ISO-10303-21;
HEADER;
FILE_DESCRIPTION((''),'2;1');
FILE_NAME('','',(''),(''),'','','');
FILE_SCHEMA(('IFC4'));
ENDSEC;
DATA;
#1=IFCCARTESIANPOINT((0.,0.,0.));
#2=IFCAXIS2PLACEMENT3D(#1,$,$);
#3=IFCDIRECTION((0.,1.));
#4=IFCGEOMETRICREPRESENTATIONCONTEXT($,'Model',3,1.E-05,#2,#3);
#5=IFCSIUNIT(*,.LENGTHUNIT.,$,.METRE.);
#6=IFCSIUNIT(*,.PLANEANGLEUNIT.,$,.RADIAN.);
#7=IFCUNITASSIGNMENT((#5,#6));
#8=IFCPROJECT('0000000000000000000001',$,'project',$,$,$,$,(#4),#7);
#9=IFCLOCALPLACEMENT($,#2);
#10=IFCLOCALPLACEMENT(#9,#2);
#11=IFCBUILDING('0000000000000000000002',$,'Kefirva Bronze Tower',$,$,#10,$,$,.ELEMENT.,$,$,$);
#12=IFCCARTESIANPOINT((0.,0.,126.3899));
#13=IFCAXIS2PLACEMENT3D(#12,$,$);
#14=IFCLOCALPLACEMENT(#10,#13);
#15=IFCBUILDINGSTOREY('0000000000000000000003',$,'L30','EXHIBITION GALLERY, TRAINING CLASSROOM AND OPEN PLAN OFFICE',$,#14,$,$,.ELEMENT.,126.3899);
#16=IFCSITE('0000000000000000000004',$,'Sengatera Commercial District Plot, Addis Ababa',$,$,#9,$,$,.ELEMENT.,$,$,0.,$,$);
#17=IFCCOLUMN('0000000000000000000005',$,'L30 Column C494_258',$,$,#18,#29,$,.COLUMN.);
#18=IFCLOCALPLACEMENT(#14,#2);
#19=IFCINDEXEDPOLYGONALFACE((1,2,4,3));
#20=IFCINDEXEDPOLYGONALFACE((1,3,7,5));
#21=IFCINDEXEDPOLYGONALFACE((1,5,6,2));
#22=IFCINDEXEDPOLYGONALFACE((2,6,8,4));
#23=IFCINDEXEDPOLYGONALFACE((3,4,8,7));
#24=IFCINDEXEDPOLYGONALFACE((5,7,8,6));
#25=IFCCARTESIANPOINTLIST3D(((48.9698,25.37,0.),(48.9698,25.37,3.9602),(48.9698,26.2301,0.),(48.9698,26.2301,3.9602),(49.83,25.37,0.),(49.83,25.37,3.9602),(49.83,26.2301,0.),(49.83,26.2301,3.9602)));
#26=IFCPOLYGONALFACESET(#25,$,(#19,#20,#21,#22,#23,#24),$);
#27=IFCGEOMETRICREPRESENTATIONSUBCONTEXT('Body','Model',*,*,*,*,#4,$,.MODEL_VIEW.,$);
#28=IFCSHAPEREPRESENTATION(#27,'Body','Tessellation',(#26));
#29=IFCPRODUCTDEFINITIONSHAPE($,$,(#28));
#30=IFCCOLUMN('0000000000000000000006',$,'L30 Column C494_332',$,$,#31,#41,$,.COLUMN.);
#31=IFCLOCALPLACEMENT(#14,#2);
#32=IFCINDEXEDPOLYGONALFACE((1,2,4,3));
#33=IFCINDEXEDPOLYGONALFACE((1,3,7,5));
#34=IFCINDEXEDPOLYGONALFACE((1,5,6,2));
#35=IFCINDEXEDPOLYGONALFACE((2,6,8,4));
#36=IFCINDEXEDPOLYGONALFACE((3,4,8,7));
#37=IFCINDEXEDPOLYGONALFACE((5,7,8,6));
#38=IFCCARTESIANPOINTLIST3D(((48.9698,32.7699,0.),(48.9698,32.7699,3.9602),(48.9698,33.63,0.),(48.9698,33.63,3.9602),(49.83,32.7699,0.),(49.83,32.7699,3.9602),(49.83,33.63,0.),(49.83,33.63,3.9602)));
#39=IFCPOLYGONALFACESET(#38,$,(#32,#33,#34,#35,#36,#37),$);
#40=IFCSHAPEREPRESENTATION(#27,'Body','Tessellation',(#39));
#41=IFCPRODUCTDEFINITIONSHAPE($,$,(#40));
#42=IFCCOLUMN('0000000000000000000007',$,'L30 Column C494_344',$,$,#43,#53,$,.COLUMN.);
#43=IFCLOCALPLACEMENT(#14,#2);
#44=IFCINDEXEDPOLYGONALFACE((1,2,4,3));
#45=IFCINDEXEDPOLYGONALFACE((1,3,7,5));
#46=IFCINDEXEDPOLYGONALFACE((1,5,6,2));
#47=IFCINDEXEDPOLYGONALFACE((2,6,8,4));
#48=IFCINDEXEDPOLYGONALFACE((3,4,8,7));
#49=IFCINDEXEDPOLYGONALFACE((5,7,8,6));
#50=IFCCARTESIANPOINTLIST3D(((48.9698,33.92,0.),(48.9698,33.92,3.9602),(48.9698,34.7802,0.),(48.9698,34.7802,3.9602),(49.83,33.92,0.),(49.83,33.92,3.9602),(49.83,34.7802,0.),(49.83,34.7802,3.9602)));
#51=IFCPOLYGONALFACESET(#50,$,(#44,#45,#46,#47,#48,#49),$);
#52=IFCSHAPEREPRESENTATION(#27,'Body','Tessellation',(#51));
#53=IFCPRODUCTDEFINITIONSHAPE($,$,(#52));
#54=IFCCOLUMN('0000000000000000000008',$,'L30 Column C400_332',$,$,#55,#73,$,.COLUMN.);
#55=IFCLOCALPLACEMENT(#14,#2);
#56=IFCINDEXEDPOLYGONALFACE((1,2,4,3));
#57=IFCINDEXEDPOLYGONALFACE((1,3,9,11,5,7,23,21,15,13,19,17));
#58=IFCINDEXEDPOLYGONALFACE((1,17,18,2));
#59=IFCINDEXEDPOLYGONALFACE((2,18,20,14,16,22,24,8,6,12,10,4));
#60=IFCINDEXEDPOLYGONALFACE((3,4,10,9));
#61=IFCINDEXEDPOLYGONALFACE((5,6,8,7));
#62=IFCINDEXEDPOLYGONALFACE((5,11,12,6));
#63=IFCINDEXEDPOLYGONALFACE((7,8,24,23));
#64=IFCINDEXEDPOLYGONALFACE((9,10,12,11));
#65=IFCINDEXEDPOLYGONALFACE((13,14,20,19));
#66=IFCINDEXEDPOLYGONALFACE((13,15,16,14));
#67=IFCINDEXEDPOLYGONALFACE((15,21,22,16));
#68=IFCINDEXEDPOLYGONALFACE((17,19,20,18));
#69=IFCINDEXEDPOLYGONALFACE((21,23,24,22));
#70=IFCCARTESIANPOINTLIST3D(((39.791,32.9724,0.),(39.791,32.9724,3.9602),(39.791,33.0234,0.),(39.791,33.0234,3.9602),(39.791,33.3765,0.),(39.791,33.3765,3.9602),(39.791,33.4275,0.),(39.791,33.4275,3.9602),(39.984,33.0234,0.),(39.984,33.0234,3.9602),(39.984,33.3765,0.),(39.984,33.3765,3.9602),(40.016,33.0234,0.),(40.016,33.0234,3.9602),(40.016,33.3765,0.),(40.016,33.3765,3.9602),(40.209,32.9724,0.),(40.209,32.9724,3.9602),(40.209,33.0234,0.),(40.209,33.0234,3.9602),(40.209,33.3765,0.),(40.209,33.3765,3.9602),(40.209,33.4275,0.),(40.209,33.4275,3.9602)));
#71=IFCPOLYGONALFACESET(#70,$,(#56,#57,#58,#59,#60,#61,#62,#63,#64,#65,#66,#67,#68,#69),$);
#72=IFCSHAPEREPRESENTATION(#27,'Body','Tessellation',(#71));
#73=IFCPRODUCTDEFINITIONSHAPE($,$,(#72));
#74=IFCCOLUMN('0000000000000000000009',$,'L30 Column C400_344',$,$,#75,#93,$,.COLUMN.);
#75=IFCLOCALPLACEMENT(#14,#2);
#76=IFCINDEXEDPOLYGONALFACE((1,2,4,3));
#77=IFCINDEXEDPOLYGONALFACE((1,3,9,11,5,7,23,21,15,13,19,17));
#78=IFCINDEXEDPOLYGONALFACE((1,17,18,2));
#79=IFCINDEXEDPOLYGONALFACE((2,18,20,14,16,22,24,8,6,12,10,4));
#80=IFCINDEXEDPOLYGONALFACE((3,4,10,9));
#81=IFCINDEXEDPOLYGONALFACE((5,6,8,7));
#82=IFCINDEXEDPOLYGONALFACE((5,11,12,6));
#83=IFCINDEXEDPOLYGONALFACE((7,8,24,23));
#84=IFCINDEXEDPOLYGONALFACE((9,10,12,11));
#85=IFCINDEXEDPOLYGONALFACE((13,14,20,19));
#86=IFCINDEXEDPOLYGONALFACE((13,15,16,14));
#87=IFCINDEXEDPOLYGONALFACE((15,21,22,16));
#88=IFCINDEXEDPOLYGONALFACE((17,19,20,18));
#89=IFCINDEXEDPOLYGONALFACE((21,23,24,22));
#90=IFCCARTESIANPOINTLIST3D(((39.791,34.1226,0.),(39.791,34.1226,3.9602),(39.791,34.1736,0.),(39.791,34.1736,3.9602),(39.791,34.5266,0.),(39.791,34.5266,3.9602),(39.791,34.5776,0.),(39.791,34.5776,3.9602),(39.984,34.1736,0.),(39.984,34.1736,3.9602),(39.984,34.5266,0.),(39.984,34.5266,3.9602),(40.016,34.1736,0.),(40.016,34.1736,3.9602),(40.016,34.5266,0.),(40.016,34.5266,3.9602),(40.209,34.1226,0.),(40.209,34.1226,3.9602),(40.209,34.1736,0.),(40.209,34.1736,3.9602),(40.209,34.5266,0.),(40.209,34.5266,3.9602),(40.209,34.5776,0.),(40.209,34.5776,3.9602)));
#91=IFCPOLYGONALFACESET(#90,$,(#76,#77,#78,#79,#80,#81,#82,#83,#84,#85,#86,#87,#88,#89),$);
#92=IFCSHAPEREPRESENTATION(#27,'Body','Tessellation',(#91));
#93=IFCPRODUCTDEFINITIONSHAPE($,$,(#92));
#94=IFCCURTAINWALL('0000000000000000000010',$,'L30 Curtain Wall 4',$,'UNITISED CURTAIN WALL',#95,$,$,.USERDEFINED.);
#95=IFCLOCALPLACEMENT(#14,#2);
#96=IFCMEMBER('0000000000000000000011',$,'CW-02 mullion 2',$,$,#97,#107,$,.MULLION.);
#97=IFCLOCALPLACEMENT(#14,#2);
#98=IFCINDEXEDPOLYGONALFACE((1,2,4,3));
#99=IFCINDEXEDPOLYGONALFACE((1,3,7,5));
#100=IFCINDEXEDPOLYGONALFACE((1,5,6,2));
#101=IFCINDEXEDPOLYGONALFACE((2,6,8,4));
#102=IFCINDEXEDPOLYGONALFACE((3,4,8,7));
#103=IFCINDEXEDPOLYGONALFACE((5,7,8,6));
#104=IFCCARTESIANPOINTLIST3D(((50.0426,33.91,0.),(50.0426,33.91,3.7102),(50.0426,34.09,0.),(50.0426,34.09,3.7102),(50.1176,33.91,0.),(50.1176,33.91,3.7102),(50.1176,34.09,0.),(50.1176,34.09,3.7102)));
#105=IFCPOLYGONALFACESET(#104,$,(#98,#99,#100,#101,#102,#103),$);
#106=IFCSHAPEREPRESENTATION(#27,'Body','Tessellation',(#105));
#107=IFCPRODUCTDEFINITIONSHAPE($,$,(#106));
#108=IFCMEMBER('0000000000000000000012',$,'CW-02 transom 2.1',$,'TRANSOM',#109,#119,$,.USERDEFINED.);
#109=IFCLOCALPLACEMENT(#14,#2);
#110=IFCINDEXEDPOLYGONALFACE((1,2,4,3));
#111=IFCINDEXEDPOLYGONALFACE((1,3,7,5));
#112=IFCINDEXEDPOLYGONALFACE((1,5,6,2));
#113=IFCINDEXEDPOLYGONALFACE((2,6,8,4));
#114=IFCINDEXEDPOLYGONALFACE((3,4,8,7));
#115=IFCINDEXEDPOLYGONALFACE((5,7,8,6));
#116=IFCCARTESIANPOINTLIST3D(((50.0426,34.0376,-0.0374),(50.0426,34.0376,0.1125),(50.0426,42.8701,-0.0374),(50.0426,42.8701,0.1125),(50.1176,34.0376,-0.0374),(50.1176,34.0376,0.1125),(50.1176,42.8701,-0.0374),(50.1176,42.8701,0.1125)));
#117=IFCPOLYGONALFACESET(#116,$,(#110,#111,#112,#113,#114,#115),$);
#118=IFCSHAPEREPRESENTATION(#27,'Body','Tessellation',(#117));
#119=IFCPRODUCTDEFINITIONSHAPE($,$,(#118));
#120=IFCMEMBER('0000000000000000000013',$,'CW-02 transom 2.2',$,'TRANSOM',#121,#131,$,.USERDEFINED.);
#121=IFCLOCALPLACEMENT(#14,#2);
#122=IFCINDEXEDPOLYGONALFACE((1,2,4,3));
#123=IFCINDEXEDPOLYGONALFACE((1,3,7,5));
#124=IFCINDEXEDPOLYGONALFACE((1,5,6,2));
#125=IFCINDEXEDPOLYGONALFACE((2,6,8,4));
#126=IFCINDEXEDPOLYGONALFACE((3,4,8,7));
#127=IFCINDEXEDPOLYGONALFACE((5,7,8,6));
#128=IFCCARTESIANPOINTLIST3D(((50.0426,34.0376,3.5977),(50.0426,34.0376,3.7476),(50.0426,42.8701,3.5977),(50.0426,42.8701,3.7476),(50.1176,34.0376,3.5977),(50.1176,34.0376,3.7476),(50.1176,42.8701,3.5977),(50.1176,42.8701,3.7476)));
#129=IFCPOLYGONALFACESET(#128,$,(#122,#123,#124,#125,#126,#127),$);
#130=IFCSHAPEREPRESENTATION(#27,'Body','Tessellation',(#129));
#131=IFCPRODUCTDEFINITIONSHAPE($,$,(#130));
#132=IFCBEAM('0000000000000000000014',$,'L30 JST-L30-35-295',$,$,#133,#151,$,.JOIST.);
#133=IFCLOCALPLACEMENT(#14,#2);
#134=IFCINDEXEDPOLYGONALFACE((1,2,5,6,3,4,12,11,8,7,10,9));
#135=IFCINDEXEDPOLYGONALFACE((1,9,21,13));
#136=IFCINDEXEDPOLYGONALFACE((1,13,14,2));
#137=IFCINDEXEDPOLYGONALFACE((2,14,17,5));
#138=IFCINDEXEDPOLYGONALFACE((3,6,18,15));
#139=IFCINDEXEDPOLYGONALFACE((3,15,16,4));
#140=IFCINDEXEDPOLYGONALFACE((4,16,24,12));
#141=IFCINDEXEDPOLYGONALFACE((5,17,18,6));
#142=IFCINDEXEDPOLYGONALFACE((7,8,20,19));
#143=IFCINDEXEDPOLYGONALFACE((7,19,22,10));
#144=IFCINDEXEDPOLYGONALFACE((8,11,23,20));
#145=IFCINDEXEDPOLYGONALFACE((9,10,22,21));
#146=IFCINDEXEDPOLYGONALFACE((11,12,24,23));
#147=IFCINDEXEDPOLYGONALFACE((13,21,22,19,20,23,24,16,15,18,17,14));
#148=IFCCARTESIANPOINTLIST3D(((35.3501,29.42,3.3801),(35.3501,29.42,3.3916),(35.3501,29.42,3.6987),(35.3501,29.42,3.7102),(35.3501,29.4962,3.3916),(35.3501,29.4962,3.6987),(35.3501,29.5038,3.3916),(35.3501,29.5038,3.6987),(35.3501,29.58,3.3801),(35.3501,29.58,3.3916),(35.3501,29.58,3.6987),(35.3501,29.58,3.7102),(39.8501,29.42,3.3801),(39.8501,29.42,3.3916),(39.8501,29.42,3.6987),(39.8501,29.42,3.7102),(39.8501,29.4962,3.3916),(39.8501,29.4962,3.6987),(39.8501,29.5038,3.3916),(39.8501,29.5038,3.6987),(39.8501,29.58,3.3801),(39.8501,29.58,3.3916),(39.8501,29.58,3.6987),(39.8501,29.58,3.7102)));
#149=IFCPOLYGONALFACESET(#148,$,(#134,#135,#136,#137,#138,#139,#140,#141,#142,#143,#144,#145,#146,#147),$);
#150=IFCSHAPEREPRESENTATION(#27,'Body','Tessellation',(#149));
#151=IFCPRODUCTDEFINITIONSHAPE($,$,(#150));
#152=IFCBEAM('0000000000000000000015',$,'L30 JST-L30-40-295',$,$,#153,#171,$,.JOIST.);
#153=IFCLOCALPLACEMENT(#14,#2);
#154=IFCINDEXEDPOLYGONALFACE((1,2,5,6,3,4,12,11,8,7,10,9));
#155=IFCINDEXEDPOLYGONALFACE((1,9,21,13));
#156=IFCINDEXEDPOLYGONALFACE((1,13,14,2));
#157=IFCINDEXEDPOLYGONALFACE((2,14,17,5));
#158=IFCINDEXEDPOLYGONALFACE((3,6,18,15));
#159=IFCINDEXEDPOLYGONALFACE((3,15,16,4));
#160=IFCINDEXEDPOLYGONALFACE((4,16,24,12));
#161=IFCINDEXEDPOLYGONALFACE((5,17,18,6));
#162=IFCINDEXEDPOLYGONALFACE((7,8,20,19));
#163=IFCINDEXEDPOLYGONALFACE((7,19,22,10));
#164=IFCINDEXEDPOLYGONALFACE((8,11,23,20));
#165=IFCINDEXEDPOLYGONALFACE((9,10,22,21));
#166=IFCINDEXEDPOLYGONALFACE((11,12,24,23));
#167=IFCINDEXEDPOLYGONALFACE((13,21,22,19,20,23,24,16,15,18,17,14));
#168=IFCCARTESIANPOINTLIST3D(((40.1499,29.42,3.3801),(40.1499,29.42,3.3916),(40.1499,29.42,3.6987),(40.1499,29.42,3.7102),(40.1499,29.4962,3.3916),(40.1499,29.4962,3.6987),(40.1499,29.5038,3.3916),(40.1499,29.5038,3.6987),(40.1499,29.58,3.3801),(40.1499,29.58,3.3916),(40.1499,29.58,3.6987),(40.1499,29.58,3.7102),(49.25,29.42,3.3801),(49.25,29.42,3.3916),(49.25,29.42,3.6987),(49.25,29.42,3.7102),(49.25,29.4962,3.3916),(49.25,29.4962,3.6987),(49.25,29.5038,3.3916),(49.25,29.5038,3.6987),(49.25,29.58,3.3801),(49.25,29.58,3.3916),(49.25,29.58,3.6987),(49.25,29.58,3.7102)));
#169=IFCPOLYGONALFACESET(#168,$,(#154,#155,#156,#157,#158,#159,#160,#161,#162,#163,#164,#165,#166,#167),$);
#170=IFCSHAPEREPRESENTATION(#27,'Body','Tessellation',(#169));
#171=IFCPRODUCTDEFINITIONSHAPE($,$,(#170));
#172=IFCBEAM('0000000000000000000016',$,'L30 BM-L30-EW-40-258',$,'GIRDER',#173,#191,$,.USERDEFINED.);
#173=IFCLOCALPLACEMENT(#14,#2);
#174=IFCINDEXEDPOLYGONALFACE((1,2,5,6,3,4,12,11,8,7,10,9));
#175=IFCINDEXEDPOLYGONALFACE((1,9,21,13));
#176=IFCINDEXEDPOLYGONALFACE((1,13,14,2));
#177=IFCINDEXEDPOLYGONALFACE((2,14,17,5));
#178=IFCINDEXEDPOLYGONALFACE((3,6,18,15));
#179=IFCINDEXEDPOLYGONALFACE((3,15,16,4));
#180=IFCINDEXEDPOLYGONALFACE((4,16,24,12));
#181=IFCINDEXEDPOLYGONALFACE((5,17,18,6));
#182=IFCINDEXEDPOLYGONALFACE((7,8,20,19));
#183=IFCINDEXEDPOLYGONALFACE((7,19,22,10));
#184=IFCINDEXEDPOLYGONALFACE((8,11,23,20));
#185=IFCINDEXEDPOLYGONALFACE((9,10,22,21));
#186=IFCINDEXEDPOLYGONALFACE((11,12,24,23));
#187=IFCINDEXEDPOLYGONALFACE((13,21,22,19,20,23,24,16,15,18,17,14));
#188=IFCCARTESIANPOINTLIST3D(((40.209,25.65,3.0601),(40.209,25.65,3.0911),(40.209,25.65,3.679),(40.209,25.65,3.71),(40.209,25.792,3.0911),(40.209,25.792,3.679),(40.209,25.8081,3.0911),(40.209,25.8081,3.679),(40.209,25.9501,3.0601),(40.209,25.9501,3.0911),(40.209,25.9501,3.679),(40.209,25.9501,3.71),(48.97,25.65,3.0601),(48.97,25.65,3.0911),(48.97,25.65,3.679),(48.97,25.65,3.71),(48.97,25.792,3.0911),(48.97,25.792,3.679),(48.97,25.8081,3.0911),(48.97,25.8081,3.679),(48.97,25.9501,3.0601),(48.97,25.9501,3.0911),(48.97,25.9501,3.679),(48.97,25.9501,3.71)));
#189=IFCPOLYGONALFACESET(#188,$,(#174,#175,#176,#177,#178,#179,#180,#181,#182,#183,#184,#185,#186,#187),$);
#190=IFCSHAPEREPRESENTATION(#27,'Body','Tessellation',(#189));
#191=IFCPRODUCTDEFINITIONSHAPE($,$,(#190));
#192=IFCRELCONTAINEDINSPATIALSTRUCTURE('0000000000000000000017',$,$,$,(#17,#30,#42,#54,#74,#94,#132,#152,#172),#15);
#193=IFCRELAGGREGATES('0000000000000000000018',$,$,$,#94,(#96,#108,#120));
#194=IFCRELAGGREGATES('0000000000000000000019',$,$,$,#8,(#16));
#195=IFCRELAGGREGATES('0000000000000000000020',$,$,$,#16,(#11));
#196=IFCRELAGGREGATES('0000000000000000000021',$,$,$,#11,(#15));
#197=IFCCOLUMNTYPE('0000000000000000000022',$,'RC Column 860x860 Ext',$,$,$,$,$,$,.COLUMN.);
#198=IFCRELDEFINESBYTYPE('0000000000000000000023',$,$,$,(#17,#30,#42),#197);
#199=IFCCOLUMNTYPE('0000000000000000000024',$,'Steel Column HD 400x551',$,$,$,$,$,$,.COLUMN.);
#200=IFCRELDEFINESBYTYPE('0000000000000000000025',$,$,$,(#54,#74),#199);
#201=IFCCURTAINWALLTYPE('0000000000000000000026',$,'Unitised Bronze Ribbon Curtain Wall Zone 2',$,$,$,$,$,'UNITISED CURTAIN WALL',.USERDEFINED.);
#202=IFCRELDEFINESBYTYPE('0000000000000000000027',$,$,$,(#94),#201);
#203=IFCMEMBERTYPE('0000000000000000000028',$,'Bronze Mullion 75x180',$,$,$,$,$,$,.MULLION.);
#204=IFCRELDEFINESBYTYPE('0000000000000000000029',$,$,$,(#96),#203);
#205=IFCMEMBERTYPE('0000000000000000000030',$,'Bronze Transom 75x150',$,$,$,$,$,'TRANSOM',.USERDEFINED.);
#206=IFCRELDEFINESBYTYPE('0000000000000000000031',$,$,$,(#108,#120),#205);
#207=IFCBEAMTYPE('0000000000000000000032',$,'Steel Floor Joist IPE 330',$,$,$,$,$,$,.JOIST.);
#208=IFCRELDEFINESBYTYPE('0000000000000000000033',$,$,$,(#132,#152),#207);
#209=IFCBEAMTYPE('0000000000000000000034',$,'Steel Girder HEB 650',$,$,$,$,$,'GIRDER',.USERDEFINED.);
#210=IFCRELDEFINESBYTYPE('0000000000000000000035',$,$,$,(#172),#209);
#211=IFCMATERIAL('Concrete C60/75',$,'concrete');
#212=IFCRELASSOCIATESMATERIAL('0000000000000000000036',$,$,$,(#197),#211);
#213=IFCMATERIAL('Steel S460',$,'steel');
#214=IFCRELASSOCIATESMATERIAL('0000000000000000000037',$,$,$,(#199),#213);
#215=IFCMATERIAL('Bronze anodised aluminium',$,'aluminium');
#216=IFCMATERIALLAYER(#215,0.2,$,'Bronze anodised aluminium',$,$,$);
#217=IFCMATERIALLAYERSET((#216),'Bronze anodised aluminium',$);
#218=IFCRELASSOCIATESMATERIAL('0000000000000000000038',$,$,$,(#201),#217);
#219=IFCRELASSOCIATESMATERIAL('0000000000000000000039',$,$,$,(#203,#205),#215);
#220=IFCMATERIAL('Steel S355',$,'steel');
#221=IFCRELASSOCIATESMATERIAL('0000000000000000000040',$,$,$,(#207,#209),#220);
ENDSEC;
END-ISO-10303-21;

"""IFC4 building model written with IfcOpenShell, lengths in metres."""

from ifc_helpers import new_model, si_unit, direction, frame, origin, origin_2d, place, context, subcontext, project, spatial, rectangle, i_section, extrude, material, layer, layer_set, material_profile, profile_set, type_object, element, aggregate, save


model = new_model("IFC4")

# Units and contexts
model_context = context("Model", 3, precision=1e-05, world=origin(), true_north=direction((0.0, 1.0)))
body_context = subcontext(model_context, "Body", "Model", "MODEL_VIEW")
ifc_project = project(units=[si_unit("LENGTHUNIT", "METRE"), si_unit("PLANEANGLEUNIT", "RADIAN")], contexts=[model_context])

# Site, building, storey
site_placement = place(None, origin())
site = spatial("IfcSite", under=ifc_project, at=site_placement, Name="Sengatera Commercial District Plot, Addis Ababa", CompositionType="ELEMENT", RefElevation=0.0)
building_placement = place(site_placement, origin())
building = spatial("IfcBuilding", under=site, at=building_placement, Name="Kefirva Bronze Tower", CompositionType="ELEMENT")
storey_placement = place(building_placement, frame((0.0, 0.0, 126.3899)))
storey = spatial("IfcBuildingStorey", under=building, at=storey_placement, Name="L30", Description="EXHIBITION GALLERY, TRAINING CLASSROOM AND OPEN PLAN OFFICE", CompositionType="ELEMENT", Elevation=126.3899)

# Columns
ifc_material_1 = material(Name="Concrete C60/75", Category="concrete")
ifc_material_profile_1 = material_profile(ifc_material_1, rectangle(XDim=0.8601, YDim=0.8601, at=origin_2d()), Name="RC 860x860")
ifc_profile_set_1 = profile_set([ifc_material_profile_1], Name="Concrete C60/75")
column_type_1 = type_object("IfcColumnType", Name="RC Column 860x860 Ext", PredefinedType="COLUMN", material=ifc_profile_set_1)
for number, where, z_axis, x_axis, name in (
    (1, (49.3999, 25.8, 0.0), (0.0, 0.0, 1.0), (1.0, 0.0, 0.0), "L30 Column C494_258"),
    (2, (49.3999, 33.2, 0.0), (0.0, 0.0, 1.0), (1.0, 0.0, 0.0), "L30 Column C494_332"),
    (3, (49.3999, 34.3501, 0.0), (0.0, 0.0, 1.0), (1.0, 0.0, 0.0), "L30 Column C494_344"),
):
    element("IfcColumn", number, at=place(storey_placement, frame(where, z_axis=z_axis, x_axis=x_axis)), inside=storey, type_object=column_type_1, Name=name, PredefinedType="COLUMN", context=body_context, shape_type="SweptSolid", body=[
        extrude(rectangle(XDim=0.8601, YDim=0.8601, at=origin_2d()), origin(), (0.0, 0.0, 1.0), 3.9602),
    ])
ifc_material_2 = material(Name="Steel S460", Category="steel")
ifc_material_profile_2 = material_profile(ifc_material_2, i_section(OverallWidth=0.418, OverallDepth=0.4551, WebThickness=0.032, FlangeThickness=0.051, at=origin_2d()), Name="HD 400x551")
ifc_profile_set_2 = profile_set([ifc_material_profile_2], Name="Steel S460")
column_type_2 = type_object("IfcColumnType", Name="Steel Column HD 400x551", PredefinedType="COLUMN", material=ifc_profile_set_2)
for number, where, z_axis, x_axis, name in (
    (4, (40.0, 33.2, 0.0), (0.0, 0.0, 1.0), (1.0, 0.0, 0.0), "L30 Column C400_332"),
    (5, (40.0, 34.3501, 0.0), (0.0, 0.0, 1.0), (1.0, 0.0, 0.0), "L30 Column C400_344"),
):
    element("IfcColumn", number, at=place(storey_placement, frame(where, z_axis=z_axis, x_axis=x_axis)), inside=storey, type_object=column_type_2, Name=name, PredefinedType="COLUMN", context=body_context, shape_type="SweptSolid", body=[
        extrude(i_section(OverallWidth=0.418, OverallDepth=0.4551, WebThickness=0.032, FlangeThickness=0.051, at=origin_2d()), origin(), (0.0, 0.0, 1.0), 3.9602),
    ])

# Curtain wall, members
ifc_material_3 = material(Name="Bronze anodised aluminium", Category="aluminium")
ifc_layer_1 = layer(ifc_material_3, 0.2, Name="Bronze anodised aluminium")
ifc_layer_set_1 = layer_set([ifc_layer_1], Name="Bronze anodised aluminium")
curtain_wall_type = type_object("IfcCurtainWallType", Name="Unitised Bronze Ribbon Curtain Wall Zone 2", ElementType="UNITISED CURTAIN WALL", PredefinedType="USERDEFINED", material=ifc_layer_set_1)
curtain_wall_placement = place(storey_placement, origin())
curtain_wall = element("IfcCurtainWall", 6, at=curtain_wall_placement, inside=storey, type_object=curtain_wall_type, Name="L30 Curtain Wall 4", ObjectType="UNITISED CURTAIN WALL", PredefinedType="USERDEFINED")
ifc_material_profile_3 = material_profile(ifc_material_3, rectangle(XDim=0.075, YDim=0.1799, at=origin_2d()), Name="ALU 75x180")
ifc_profile_set_3 = profile_set([ifc_material_profile_3], Name="Bronze anodised aluminium")
member_type_1 = type_object("IfcMemberType", Name="Bronze Mullion 75x180", PredefinedType="MULLION", material=ifc_profile_set_3)
member_1_placement = place(storey_placement, frame((50.0801, 34.0, 0.0), z_axis=(0.0, 0.0, 1.0), x_axis=(-1.0, 0.0, 0.0)))
member_1 = element("IfcMember", 7, at=member_1_placement, type_object=member_type_1, Name="CW-02 mullion 2", PredefinedType="MULLION", context=body_context, shape_type="SweptSolid", body=[
    extrude(rectangle(XDim=0.075, YDim=0.1799, at=origin_2d()), origin(), (0.0, 0.0, 1.0), 3.7102),
])
ifc_material_profile_4 = material_profile(ifc_material_3, rectangle(XDim=0.075, YDim=0.1499, at=origin_2d()), Name="ALU 75x150")
ifc_profile_set_4 = profile_set([ifc_material_profile_4], Name="Bronze anodised aluminium")
member_type_2 = type_object("IfcMemberType", Name="Bronze Transom 75x150", ElementType="TRANSOM", PredefinedType="USERDEFINED", material=ifc_profile_set_4)
member_2_placement = place(storey_placement, frame((50.0801, 34.0376, 0.0376), z_axis=(0.0, 1.0, 0.0), x_axis=(-1.0, 0.0, 0.0)))
member_2 = element("IfcMember", 8, at=member_2_placement, type_object=member_type_2, Name="CW-02 transom 2.1", ObjectType="TRANSOM", PredefinedType="USERDEFINED", context=body_context, shape_type="SweptSolid", body=[
    extrude(rectangle(XDim=0.075, YDim=0.1499, at=origin_2d()), origin(), (0.0, 0.0, 1.0), 8.8325),
])
member_3_placement = place(storey_placement, frame((50.0801, 34.0376, 3.6726), z_axis=(0.0, 1.0, 0.0), x_axis=(-1.0, 0.0, 0.0)))
member_3 = element("IfcMember", 9, at=member_3_placement, type_object=member_type_2, Name="CW-02 transom 2.2", ObjectType="TRANSOM", PredefinedType="USERDEFINED", context=body_context, shape_type="SweptSolid", body=[
    extrude(rectangle(XDim=0.075, YDim=0.1499, at=origin_2d()), origin(), (0.0, 0.0, 1.0), 8.8325),
])

# Beams
ifc_material_4 = material(Name="Steel S355", Category="steel")
ifc_material_profile_5 = material_profile(ifc_material_4, i_section(OverallWidth=0.1599, OverallDepth=0.3301, WebThickness=0.0076, FlangeThickness=0.0115, at=origin_2d()), Name="IPE 330")
ifc_profile_set_5 = profile_set([ifc_material_profile_5], Name="Steel S355")
beam_type_1 = type_object("IfcBeamType", Name="Steel Floor Joist IPE 330", PredefinedType="JOIST", material=ifc_profile_set_5)
beam_1_placement = place(storey_placement, frame((35.3501, 29.5, 3.5452), z_axis=(1.0, 0.0, 0.0), x_axis=(0.0, 1.0, 0.0)))
element("IfcBeam", 10, at=beam_1_placement, inside=storey, type_object=beam_type_1, Name="L30 JST-L30-35-295", PredefinedType="JOIST", context=body_context, shape_type="SweptSolid", body=[
    extrude(i_section(OverallWidth=0.1599, OverallDepth=0.3301, WebThickness=0.0076, FlangeThickness=0.0115, at=origin_2d()), origin(), (0.0, 0.0, 1.0), 4.5),
])
beam_2_placement = place(storey_placement, frame((40.1499, 29.5, 3.5452), z_axis=(1.0, 0.0, 0.0), x_axis=(0.0, 1.0, 0.0)))
element("IfcBeam", 11, at=beam_2_placement, inside=storey, type_object=beam_type_1, Name="L30 JST-L30-40-295", PredefinedType="JOIST", context=body_context, shape_type="SweptSolid", body=[
    extrude(i_section(OverallWidth=0.1599, OverallDepth=0.3301, WebThickness=0.0076, FlangeThickness=0.0115, at=origin_2d()), origin(), (0.0, 0.0, 1.0), 9.1001),
])
ifc_material_profile_6 = material_profile(ifc_material_4, i_section(OverallWidth=0.3, OverallDepth=0.6499, WebThickness=0.0161, FlangeThickness=0.031, at=origin_2d()), Name="HEB 650")
ifc_profile_set_6 = profile_set([ifc_material_profile_6], Name="Steel S355")
beam_type_2 = type_object("IfcBeamType", Name="Steel Girder HEB 650", ElementType="GIRDER", PredefinedType="USERDEFINED", material=ifc_profile_set_6)
beam_3_placement = place(storey_placement, frame((40.209, 25.8, 3.385), z_axis=(1.0, 0.0, 0.0), x_axis=(0.0, 1.0, 0.0)))
element("IfcBeam", 12, at=beam_3_placement, inside=storey, type_object=beam_type_2, Name="L30 BM-L30-EW-40-258", ObjectType="GIRDER", PredefinedType="USERDEFINED", context=body_context, shape_type="SweptSolid", body=[
    extrude(i_section(OverallWidth=0.3, OverallDepth=0.6499, WebThickness=0.0161, FlangeThickness=0.031, at=origin_2d()), origin(), (0.0, 0.0, 1.0), 8.761),
])

aggregate(curtain_wall, [member_1, member_2, member_3])

save(model, "model.ifc")
